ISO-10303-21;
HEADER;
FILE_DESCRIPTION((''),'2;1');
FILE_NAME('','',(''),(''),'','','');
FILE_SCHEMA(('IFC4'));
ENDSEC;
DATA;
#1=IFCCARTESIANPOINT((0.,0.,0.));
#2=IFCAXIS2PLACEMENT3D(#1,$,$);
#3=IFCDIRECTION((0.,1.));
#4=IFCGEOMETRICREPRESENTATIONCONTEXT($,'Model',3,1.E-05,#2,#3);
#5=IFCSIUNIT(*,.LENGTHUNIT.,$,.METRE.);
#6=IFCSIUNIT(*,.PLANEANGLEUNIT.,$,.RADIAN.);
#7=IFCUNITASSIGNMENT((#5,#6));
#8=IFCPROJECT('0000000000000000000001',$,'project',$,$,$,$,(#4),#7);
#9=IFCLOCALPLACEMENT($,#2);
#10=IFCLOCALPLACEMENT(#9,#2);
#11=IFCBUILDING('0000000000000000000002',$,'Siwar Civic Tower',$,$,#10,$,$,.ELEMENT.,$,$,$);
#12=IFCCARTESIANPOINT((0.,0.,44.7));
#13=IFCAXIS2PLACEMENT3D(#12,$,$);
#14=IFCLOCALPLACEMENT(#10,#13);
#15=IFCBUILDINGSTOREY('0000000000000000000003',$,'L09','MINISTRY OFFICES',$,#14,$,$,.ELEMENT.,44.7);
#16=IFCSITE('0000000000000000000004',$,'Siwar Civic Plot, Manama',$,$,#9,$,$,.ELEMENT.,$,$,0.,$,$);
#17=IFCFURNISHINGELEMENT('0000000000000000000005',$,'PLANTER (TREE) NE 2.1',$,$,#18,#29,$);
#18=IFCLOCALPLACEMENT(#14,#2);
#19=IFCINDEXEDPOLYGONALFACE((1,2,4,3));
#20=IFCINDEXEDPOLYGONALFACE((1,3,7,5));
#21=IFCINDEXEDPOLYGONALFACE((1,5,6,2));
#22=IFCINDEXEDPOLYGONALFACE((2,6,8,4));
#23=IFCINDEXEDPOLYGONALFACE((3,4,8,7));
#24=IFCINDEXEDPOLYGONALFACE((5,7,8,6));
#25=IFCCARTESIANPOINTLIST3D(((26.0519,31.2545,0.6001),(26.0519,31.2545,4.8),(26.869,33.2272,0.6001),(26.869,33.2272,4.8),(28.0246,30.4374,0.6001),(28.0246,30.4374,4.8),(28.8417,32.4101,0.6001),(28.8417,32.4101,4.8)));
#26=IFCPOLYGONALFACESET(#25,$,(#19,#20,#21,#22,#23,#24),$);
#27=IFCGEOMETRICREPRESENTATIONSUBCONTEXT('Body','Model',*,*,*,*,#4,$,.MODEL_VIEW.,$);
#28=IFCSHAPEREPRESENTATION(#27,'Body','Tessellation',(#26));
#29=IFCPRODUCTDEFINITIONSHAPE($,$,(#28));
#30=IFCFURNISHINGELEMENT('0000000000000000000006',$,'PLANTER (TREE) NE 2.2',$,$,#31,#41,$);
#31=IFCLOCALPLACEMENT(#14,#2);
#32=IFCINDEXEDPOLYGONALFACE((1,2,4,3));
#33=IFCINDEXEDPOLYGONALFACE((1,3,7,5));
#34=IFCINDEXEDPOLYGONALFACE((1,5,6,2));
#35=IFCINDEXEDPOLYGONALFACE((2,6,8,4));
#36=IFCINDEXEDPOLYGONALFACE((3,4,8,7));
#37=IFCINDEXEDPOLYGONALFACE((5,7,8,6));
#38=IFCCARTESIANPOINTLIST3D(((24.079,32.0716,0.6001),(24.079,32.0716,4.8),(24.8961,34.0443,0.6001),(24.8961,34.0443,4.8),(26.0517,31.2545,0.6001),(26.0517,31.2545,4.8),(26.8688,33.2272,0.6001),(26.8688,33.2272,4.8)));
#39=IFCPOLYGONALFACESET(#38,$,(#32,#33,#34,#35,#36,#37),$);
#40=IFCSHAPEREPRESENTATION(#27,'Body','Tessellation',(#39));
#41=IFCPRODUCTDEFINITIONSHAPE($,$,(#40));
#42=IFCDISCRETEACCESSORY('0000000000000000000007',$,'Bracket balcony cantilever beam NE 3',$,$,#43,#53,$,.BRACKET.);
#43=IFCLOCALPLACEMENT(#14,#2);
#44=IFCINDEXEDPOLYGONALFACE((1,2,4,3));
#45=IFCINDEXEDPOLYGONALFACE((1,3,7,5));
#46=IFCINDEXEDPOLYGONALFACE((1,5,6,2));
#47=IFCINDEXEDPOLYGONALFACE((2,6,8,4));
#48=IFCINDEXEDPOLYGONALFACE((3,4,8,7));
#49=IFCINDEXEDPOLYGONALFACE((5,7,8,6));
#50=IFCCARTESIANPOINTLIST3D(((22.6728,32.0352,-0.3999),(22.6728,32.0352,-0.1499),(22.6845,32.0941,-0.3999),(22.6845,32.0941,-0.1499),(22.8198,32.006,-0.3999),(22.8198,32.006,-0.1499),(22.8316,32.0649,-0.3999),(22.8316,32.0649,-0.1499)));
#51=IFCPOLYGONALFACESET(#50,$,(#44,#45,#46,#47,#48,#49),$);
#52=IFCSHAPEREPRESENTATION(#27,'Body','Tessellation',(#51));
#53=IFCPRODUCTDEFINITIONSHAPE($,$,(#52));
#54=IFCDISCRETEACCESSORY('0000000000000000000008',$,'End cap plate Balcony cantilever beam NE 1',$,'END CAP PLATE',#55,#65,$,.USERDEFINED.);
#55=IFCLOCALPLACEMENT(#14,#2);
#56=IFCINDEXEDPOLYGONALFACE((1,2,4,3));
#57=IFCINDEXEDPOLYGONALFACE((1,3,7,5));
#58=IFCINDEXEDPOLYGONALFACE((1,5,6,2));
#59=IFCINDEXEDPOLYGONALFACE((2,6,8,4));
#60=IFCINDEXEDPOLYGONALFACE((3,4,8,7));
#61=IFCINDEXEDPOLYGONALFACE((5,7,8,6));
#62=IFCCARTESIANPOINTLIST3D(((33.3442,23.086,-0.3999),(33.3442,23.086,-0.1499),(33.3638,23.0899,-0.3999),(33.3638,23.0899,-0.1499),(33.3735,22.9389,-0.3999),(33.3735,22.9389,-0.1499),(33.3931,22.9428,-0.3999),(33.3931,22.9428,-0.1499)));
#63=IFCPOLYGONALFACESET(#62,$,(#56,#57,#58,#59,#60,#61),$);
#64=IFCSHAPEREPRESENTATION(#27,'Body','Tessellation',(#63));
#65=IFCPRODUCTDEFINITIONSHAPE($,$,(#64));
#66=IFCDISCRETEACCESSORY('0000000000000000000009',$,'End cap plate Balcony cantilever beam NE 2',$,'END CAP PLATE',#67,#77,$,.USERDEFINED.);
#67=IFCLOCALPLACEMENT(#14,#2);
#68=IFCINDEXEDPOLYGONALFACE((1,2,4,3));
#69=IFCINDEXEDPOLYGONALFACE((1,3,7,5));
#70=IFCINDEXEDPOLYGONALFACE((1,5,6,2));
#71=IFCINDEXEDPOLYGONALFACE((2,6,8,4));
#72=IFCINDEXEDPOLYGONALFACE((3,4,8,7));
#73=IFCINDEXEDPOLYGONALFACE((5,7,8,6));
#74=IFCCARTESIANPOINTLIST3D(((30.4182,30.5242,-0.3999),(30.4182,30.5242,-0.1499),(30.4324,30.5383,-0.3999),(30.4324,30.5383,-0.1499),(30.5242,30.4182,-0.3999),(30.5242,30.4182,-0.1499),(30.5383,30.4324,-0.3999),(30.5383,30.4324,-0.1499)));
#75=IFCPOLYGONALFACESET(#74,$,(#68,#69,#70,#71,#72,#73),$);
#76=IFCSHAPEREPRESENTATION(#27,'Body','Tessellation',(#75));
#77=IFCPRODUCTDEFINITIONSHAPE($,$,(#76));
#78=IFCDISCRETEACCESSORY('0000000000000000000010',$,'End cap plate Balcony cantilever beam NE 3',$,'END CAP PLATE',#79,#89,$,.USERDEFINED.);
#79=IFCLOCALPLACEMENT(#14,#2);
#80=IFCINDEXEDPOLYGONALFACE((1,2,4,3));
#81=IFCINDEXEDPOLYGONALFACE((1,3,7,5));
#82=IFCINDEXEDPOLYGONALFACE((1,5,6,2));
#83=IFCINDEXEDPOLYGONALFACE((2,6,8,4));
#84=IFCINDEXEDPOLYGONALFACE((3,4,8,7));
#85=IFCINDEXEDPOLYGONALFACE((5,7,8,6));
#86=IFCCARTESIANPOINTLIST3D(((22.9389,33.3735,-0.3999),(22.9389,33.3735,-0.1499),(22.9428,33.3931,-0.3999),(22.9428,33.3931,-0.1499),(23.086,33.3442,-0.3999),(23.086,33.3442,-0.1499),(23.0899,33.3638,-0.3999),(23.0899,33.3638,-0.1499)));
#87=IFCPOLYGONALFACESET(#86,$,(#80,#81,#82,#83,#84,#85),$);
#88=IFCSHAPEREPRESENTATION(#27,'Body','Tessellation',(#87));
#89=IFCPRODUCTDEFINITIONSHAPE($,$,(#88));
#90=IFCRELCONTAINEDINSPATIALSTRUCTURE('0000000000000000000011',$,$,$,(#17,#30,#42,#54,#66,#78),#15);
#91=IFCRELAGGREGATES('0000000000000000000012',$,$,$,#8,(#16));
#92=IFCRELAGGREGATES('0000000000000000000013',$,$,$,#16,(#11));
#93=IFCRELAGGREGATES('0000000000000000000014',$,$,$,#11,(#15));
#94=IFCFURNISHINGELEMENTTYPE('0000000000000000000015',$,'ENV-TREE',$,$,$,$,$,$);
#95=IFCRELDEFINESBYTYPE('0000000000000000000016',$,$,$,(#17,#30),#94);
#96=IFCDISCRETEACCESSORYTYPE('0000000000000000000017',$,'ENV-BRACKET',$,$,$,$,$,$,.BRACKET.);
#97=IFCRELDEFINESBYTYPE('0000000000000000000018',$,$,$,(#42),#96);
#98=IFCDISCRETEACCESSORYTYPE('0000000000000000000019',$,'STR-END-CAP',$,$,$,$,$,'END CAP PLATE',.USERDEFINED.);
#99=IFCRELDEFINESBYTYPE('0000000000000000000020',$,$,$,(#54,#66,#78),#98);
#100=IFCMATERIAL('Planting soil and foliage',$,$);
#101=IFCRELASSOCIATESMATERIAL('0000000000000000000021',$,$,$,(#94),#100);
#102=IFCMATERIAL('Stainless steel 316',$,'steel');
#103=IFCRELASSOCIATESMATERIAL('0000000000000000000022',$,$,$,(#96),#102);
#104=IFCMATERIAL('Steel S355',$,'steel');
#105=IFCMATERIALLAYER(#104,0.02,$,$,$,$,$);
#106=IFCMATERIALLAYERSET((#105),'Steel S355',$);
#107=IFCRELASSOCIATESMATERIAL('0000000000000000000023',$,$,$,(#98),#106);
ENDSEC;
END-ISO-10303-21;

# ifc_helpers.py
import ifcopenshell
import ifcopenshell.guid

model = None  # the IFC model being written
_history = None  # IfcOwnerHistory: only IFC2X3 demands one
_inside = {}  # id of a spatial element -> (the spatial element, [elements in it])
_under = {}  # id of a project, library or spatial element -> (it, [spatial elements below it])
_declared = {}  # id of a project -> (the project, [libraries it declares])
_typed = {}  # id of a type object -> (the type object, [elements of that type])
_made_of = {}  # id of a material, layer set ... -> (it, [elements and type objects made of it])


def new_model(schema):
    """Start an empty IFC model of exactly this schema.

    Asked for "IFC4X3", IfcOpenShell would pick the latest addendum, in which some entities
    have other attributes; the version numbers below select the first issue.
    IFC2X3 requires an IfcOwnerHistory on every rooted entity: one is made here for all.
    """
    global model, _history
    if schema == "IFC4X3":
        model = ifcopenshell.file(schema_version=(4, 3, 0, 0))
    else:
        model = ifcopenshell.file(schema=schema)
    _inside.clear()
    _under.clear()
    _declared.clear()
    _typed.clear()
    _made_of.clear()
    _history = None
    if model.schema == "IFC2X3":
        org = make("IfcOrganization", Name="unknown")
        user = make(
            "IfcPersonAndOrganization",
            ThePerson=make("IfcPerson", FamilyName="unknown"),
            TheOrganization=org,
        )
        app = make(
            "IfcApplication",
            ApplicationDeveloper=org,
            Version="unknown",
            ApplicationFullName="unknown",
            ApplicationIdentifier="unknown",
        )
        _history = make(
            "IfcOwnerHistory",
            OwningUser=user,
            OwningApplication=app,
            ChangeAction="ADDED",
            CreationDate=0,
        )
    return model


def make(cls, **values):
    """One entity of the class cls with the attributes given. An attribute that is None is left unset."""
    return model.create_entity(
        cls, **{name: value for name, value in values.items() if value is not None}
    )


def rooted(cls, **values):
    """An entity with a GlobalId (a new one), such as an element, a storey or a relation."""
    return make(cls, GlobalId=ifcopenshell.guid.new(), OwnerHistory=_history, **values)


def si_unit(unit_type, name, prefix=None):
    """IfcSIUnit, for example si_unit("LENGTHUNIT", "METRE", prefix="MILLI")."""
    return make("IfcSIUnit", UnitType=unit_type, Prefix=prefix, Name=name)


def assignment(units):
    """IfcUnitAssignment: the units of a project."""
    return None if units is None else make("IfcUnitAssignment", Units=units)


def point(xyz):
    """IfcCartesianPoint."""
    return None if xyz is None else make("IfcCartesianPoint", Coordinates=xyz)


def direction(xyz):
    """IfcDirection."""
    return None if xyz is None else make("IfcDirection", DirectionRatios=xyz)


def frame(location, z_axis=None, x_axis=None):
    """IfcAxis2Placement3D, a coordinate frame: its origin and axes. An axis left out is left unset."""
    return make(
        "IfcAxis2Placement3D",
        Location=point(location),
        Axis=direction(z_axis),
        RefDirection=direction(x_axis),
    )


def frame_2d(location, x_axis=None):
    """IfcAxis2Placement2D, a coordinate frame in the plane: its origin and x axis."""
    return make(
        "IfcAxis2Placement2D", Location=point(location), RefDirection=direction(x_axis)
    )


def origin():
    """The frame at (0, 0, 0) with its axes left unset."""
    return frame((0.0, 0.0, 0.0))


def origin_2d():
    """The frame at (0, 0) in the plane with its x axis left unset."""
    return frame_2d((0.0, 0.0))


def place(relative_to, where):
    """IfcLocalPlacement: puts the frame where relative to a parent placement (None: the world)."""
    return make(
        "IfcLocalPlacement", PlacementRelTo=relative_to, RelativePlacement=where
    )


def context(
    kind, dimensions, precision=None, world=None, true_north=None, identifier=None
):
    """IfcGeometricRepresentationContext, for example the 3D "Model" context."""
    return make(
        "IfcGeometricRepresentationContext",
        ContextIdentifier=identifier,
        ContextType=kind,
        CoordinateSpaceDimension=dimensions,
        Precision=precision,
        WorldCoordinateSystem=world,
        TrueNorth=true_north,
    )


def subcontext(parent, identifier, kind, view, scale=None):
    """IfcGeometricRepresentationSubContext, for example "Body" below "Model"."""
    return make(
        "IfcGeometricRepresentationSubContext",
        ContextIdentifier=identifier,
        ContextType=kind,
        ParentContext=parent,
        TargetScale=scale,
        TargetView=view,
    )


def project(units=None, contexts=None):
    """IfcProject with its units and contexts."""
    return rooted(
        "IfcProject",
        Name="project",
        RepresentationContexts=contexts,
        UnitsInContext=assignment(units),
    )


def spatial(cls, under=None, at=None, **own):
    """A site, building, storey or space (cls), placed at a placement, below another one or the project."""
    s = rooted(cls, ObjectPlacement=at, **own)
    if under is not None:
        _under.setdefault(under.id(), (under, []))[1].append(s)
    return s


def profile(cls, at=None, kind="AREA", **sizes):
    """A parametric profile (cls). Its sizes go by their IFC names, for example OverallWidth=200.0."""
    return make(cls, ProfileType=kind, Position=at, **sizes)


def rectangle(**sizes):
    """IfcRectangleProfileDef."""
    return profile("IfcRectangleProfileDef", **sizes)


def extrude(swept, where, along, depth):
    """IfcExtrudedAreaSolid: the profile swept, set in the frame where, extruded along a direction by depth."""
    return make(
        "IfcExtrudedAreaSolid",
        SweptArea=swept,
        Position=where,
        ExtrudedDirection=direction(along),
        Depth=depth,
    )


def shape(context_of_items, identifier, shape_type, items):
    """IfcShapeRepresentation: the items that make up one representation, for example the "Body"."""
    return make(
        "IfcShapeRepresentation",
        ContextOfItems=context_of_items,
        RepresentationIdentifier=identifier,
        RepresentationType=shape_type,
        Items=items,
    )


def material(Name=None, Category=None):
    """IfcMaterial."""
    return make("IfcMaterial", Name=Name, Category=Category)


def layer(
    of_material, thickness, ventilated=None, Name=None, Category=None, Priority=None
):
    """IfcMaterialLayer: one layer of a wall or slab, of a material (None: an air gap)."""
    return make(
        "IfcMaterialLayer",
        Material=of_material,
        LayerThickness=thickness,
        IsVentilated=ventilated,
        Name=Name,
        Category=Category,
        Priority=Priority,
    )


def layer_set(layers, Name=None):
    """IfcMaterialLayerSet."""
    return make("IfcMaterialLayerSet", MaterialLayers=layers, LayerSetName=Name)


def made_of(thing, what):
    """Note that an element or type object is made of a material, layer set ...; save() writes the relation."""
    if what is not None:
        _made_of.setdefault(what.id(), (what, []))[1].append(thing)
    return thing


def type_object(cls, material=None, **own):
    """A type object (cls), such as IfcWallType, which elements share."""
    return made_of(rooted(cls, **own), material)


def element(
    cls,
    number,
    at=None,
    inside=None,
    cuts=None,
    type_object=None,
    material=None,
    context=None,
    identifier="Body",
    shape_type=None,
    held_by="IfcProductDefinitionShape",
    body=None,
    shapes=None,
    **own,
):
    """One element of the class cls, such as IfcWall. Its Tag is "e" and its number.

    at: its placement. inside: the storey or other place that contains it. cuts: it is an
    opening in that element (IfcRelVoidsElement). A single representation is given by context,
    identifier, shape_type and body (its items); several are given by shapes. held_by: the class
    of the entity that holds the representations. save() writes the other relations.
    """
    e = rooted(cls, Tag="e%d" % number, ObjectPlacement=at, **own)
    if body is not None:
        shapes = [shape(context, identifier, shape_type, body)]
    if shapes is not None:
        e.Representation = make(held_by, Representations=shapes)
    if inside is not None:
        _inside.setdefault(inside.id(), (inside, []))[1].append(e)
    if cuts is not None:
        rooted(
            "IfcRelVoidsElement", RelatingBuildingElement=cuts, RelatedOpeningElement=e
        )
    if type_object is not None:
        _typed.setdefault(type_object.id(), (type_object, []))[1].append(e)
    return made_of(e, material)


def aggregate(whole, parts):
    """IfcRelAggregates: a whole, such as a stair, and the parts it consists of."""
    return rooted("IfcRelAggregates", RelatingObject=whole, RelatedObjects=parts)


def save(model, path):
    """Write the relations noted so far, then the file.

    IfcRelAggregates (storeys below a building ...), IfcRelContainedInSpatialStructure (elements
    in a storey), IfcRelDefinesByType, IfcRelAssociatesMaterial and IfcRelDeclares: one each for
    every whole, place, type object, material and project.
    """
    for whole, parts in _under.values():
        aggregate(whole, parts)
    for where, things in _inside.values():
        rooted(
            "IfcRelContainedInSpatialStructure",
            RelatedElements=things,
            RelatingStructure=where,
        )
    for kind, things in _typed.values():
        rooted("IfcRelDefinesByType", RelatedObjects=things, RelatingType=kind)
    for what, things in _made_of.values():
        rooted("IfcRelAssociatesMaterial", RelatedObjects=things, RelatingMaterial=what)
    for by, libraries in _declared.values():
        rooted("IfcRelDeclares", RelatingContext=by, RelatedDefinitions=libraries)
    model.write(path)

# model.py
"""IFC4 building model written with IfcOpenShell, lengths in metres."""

from ifc_helpers import new_model, si_unit, direction, frame, origin, origin_2d, place, context, subcontext, project, spatial, rectangle, extrude, material, layer, layer_set, type_object, element, save


model = new_model("IFC4")

# Units and contexts
model_context = context("Model", 3, precision=1e-05, world=origin(), true_north=direction((0.0, 1.0)))
body_context = subcontext(model_context, "Body", "Model", "MODEL_VIEW")
ifc_project = project(units=[si_unit("LENGTHUNIT", "METRE"), si_unit("PLANEANGLEUNIT", "RADIAN")], contexts=[model_context])

# Site, building, storey
site_placement = place(None, origin())
site = spatial("IfcSite", under=ifc_project, at=site_placement, Name="Siwar Civic Plot, Manama", CompositionType="ELEMENT", RefElevation=0.0)
building_placement = place(site_placement, origin())
building = spatial("IfcBuilding", under=site, at=building_placement, Name="Siwar Civic Tower", CompositionType="ELEMENT")
storey_placement = place(building_placement, frame((0.0, 0.0, 44.7)))
storey = spatial("IfcBuildingStorey", under=building, at=storey_placement, Name="L09", Description="MINISTRY OFFICES", CompositionType="ELEMENT", Elevation=44.7)

# Furnishing elements
ifc_material_1 = material(Name="Planting soil and foliage")
furnishing_element_type_1 = type_object("IfcFurnishingElementType", Name="ENV-TREE", material=ifc_material_1)
for number, where, z_axis, x_axis, name in (
    (1, (27.4468, 31.8323, 0.6001), (0.0, 0.0, 1.0), (-0.92388, 0.382683, 0.0), "PLANTER (TREE) NE 2.1"),
    (2, (25.4739, 32.6494, 0.6001), (0.0, 0.0, 1.0), (-0.92388, 0.382683, 0.0), "PLANTER (TREE) NE 2.2"),
):
    element("IfcFurnishingElement", number, at=place(storey_placement, frame(where, z_axis=z_axis, x_axis=x_axis)), inside=storey, type_object=furnishing_element_type_1, Name=name, context=body_context, shape_type="SweptSolid", body=[
        extrude(rectangle(XDim=2.1353, YDim=2.1353, at=origin_2d()), origin(), (0.0, 0.0, 1.0), 4.2),
    ])

# Discrete accessories
ifc_material_2 = material(Name="Stainless steel 316", Category="steel")
discrete_accessory_type_1 = type_object("IfcDiscreteAccessoryType", Name="ENV-BRACKET", PredefinedType="BRACKET", material=ifc_material_2)
discrete_accessory_placement = place(storey_placement, frame((22.7522, 32.05, -0.3999), z_axis=(0.0, 0.0, 1.0), x_axis=(0.19509, 0.980785, 0.0)))
element("IfcDiscreteAccessory", 3, at=discrete_accessory_placement, inside=storey, type_object=discrete_accessory_type_1, Name="Bracket balcony cantilever beam NE 3", PredefinedType="BRACKET", context=body_context, shape_type="SweptSolid", body=[
    extrude(rectangle(XDim=0.0601, YDim=0.1499, at=origin_2d()), origin(), (0.0, 0.0, 1.0), 0.25),
])
ifc_material_3 = material(Name="Steel S355", Category="steel")
ifc_layer_1 = layer(ifc_material_3, 0.02)
ifc_layer_set_1 = layer_set([ifc_layer_1], Name="Steel S355")
discrete_accessory_type_2 = type_object("IfcDiscreteAccessoryType", Name="STR-END-CAP", ElementType="END CAP PLATE", PredefinedType="USERDEFINED", material=ifc_layer_set_1)
for number, where, z_axis, x_axis, name in (
    (4, (33.3687, 23.0144, -0.3999), (0.0, 0.0, 1.0), (0.980785, 0.19509, 0.0), "End cap plate Balcony cantilever beam NE 1"),
    (5, (30.4783, 30.4783, -0.3999), (0.0, 0.0, 1.0), (0.707107, 0.707107, 0.0), "End cap plate Balcony cantilever beam NE 2"),
    (6, (23.0144, 33.3687, -0.3999), (0.0, 0.0, 1.0), (0.19509, 0.980785, 0.0), "End cap plate Balcony cantilever beam NE 3"),
):
    element("IfcDiscreteAccessory", number, at=place(storey_placement, frame(where, z_axis=z_axis, x_axis=x_axis)), inside=storey, type_object=discrete_accessory_type_2, Name=name, ObjectType="END CAP PLATE", PredefinedType="USERDEFINED", context=body_context, shape_type="SweptSolid", body=[
        extrude(rectangle(XDim=0.02, YDim=0.1499, at=origin_2d()), origin(), (0.0, 0.0, 1.0), 0.25),
    ])

save(model, "model.ifc")
